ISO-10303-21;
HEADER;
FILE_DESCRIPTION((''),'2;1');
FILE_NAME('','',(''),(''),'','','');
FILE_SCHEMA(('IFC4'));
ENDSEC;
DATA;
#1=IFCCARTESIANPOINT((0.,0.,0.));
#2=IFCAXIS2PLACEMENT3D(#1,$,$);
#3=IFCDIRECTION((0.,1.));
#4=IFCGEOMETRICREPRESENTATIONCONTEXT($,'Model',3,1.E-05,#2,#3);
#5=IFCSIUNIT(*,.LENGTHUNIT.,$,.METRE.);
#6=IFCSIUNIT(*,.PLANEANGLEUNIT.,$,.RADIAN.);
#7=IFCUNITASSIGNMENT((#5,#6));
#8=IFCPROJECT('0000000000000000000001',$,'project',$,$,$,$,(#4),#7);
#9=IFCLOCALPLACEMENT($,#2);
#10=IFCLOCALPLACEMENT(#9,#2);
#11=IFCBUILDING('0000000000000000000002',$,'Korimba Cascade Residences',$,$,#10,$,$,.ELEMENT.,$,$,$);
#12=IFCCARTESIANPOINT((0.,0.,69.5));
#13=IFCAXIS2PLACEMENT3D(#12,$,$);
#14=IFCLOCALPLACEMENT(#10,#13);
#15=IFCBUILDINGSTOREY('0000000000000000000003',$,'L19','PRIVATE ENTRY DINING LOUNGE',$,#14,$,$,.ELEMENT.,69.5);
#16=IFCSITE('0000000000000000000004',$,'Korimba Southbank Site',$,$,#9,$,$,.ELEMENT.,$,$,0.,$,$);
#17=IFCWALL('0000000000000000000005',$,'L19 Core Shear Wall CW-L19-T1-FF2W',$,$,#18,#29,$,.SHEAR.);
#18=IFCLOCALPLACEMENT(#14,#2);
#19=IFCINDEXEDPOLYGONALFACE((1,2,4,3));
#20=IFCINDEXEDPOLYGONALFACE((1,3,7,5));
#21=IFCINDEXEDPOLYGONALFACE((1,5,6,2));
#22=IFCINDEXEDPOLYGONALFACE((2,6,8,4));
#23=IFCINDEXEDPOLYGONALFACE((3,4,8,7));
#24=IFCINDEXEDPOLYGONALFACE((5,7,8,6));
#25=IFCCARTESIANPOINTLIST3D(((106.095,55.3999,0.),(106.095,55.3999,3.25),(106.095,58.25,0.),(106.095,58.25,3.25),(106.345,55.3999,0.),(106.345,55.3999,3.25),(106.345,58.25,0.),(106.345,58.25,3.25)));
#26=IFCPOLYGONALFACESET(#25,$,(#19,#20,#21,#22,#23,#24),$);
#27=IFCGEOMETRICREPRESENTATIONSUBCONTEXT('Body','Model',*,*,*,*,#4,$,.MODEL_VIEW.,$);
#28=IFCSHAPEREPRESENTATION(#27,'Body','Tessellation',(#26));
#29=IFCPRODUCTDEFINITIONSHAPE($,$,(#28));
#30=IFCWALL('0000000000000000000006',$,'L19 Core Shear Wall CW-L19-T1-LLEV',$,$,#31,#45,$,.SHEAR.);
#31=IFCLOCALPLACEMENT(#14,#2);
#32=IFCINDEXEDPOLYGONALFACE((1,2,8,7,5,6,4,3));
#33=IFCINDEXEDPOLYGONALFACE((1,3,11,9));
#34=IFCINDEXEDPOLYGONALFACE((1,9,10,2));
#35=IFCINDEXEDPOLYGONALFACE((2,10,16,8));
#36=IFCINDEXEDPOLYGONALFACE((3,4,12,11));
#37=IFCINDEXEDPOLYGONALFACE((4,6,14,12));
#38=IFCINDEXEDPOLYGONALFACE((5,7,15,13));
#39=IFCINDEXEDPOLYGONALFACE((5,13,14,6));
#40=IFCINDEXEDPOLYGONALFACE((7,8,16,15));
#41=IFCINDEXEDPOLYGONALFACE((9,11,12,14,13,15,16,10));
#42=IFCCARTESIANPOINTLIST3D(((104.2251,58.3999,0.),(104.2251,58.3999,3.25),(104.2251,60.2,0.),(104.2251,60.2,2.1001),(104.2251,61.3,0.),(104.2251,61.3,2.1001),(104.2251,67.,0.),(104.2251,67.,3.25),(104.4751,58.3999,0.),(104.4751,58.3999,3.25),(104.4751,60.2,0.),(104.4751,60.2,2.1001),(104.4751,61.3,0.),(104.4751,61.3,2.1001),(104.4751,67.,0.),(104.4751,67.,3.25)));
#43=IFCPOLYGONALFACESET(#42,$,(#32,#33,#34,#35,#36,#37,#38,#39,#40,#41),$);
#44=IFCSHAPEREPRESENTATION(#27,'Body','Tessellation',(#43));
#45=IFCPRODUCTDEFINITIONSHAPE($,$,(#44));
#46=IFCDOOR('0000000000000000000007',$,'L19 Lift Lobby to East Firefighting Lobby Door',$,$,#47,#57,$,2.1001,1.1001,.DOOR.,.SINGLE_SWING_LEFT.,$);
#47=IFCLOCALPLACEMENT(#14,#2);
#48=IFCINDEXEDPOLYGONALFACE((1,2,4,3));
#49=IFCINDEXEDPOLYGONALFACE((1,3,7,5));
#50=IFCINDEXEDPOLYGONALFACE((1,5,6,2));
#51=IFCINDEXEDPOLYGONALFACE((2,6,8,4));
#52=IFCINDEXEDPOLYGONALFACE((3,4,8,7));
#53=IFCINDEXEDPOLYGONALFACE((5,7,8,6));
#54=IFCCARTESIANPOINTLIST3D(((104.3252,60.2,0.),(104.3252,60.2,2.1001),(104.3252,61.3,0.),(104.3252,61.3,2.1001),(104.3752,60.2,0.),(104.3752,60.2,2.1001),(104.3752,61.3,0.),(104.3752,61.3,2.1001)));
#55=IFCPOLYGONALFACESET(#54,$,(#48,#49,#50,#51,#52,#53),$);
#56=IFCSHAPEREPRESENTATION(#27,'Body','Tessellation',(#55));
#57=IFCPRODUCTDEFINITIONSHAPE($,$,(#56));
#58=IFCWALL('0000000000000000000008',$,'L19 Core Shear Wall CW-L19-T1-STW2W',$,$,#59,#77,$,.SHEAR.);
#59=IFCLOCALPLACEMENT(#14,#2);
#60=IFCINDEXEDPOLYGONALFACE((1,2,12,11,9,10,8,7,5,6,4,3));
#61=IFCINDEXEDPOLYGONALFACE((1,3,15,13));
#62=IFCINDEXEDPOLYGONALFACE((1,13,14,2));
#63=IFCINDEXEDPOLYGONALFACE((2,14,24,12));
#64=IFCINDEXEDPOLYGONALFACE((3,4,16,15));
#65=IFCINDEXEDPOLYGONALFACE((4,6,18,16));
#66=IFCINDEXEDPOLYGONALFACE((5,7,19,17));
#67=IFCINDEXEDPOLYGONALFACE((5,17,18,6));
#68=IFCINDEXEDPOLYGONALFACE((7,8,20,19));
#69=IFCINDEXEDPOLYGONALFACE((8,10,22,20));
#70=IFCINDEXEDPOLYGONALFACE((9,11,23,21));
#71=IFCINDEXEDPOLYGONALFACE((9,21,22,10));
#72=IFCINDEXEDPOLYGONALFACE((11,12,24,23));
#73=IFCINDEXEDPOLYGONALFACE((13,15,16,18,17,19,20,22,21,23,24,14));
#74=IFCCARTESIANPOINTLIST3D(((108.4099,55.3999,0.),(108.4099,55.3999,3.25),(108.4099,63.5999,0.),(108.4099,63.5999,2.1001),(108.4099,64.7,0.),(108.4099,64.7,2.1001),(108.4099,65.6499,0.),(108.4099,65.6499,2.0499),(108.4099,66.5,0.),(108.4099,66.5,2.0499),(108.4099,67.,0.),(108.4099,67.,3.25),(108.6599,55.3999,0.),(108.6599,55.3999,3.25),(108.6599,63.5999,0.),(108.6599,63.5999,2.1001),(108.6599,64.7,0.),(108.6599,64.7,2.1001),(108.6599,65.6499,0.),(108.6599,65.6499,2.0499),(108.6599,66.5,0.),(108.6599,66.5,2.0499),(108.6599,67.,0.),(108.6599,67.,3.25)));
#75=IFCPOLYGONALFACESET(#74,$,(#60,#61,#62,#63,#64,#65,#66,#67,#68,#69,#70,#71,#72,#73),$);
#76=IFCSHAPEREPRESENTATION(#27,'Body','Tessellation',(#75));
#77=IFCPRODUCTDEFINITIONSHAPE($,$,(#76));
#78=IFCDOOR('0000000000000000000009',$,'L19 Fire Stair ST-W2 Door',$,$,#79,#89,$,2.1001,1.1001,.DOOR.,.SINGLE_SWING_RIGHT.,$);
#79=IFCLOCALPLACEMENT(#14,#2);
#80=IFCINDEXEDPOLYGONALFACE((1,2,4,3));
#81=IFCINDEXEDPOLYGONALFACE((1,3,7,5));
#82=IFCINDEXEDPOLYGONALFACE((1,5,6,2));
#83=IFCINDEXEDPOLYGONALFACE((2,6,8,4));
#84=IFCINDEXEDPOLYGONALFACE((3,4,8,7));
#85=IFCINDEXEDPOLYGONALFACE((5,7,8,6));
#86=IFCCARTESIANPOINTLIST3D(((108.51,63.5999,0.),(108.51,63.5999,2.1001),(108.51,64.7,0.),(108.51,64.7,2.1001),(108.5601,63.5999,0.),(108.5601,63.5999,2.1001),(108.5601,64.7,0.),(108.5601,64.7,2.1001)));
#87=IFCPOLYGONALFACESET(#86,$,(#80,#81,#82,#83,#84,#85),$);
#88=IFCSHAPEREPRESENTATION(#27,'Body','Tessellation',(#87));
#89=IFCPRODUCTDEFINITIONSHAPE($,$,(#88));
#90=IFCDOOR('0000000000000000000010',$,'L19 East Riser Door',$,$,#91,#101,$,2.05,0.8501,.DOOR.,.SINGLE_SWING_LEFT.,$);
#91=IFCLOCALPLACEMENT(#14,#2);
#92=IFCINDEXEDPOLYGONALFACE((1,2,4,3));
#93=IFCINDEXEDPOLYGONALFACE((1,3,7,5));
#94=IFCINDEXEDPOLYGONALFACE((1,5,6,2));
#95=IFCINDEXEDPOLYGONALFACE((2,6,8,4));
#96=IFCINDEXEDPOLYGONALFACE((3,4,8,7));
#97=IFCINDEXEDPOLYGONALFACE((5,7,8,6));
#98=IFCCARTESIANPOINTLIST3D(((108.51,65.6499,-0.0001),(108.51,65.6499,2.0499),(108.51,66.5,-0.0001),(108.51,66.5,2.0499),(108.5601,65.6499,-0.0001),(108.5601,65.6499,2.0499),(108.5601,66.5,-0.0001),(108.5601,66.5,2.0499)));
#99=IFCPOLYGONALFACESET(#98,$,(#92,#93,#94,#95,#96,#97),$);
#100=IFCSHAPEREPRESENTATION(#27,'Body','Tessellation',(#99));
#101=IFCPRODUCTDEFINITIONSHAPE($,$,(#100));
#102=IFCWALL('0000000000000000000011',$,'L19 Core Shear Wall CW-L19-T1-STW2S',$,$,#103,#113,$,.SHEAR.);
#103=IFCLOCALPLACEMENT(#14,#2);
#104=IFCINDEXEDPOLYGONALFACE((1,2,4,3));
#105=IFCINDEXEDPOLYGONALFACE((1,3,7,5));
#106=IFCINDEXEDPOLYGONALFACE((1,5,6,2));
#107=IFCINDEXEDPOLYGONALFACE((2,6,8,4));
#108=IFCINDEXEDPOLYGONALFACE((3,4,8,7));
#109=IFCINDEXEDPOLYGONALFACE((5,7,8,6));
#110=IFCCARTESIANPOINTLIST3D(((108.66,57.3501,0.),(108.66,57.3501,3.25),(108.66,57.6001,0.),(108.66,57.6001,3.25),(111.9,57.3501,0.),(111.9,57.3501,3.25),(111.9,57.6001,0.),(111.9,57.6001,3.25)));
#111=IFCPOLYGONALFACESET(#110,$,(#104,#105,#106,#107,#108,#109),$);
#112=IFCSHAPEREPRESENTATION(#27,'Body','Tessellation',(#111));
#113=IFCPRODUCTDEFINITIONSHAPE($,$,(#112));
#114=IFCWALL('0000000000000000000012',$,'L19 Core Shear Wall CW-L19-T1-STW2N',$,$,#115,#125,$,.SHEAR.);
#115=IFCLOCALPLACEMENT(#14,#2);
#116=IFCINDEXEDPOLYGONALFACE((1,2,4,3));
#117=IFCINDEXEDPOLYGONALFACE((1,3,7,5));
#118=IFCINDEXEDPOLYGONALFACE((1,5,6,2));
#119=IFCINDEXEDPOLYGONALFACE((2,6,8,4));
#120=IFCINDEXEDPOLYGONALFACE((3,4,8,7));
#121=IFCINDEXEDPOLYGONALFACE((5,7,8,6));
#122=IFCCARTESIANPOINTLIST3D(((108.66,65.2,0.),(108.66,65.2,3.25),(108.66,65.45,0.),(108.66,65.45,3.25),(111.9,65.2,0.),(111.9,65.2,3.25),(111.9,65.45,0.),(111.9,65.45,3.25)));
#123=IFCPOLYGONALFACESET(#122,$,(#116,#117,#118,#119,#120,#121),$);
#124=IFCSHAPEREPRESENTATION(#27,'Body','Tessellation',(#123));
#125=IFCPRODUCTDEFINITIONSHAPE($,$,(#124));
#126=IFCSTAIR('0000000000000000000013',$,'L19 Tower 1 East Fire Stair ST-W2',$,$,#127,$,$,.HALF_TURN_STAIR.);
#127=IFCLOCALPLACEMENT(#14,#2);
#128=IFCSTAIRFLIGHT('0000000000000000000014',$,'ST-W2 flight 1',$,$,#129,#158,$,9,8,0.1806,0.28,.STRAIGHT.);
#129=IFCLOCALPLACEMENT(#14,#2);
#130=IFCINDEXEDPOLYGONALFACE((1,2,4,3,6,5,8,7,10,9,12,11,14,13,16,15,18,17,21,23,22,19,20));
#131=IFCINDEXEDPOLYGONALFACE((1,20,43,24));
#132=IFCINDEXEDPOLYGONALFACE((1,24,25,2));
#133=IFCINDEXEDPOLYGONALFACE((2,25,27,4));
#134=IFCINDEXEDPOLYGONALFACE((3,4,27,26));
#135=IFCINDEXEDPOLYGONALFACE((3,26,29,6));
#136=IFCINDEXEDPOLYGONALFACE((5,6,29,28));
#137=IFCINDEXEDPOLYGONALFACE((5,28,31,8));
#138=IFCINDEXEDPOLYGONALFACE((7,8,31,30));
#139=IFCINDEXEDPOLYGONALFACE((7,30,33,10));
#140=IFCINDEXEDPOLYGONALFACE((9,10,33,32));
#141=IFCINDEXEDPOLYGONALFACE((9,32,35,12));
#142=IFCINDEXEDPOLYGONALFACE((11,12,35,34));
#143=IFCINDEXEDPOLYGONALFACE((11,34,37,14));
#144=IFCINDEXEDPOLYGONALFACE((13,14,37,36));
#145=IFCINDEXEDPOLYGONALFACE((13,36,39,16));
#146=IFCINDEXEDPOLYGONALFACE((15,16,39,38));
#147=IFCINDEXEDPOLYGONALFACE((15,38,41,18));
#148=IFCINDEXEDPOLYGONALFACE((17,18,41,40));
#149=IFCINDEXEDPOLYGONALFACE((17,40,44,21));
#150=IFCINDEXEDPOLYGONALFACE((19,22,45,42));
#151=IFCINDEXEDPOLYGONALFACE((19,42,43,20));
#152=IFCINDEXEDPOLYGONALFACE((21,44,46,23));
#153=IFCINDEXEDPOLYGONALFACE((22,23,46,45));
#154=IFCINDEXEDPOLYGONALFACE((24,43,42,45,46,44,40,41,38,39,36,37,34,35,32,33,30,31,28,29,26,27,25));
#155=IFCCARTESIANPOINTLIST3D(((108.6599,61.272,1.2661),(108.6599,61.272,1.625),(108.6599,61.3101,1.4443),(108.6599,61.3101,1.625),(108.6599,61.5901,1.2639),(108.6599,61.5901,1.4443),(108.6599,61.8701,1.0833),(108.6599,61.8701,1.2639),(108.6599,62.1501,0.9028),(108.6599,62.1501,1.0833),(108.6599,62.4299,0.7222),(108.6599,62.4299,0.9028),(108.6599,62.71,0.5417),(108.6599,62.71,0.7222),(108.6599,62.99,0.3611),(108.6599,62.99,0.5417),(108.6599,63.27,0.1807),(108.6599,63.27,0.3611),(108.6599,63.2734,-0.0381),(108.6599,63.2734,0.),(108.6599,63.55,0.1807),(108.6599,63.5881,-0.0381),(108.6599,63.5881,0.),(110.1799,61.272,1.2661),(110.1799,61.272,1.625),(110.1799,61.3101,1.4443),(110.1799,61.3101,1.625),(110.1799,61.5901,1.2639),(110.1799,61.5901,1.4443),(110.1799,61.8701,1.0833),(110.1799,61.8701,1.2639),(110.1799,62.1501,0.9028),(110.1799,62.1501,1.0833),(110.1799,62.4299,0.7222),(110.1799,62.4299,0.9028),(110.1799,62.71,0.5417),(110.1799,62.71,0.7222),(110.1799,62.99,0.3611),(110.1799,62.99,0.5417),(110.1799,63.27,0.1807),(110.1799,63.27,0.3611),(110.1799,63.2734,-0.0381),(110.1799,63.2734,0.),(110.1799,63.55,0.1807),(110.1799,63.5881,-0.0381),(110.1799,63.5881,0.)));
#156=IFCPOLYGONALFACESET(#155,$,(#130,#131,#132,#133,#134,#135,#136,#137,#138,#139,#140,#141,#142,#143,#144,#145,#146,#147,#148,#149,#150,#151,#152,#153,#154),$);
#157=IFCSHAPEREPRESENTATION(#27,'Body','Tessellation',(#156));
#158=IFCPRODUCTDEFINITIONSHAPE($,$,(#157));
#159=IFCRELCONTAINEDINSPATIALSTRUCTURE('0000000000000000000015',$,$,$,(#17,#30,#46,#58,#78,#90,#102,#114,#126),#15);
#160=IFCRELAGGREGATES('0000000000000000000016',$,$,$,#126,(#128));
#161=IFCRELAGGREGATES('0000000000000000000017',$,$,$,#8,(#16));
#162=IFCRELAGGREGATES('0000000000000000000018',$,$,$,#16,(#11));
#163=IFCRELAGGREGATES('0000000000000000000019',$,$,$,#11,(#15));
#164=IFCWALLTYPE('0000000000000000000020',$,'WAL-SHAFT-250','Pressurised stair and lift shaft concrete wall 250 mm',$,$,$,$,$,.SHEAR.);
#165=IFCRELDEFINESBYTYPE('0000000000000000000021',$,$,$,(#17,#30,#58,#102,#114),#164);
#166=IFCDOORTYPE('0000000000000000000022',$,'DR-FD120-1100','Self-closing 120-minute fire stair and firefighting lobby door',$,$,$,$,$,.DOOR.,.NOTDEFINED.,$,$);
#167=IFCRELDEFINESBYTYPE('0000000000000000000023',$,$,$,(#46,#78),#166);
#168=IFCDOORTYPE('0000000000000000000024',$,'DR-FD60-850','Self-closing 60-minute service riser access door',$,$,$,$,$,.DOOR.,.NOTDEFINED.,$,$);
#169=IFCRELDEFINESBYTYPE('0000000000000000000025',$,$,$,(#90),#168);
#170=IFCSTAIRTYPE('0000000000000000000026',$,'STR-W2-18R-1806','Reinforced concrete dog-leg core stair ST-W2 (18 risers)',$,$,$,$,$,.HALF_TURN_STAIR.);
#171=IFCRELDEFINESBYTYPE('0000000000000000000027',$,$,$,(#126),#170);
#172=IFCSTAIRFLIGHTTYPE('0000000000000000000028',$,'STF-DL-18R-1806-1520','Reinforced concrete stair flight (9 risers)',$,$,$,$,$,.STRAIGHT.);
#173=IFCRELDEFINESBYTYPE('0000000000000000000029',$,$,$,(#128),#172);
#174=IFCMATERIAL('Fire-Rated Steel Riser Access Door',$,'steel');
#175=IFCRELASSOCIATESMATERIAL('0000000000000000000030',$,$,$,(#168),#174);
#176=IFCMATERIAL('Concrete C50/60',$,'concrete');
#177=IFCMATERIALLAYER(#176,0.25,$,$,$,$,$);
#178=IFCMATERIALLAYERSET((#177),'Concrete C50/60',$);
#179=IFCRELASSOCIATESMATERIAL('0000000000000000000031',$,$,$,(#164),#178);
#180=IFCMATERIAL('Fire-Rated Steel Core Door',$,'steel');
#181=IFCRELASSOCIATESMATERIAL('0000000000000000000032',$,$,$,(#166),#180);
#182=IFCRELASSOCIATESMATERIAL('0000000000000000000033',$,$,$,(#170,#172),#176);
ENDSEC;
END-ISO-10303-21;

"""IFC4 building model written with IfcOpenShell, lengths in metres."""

from ifc_helpers import new_model, si_unit, direction, frame, frame_2d, origin, place, context, subcontext, project, spatial, polyline, rectangle, outline, extrude, material, layer, layer_set, type_object, element, fill, aggregate, save


model = new_model("IFC4")

# Units and contexts
model_context = context("Model", 3, precision=1e-05, world=origin(), true_north=direction((0.0, 1.0)))
body_context = subcontext(model_context, "Body", "Model", "MODEL_VIEW")
ifc_project = project(units=[si_unit("LENGTHUNIT", "METRE"), si_unit("PLANEANGLEUNIT", "RADIAN")], contexts=[model_context])

# Site, building, storey
site_placement = place(None, origin())
site = spatial("IfcSite", under=ifc_project, at=site_placement, Name="Korimba Southbank Site", CompositionType="ELEMENT", RefElevation=0.0)
building_placement = place(site_placement, origin())
building = spatial("IfcBuilding", under=site, at=building_placement, Name="Korimba Cascade Residences", CompositionType="ELEMENT")
storey_placement = place(building_placement, frame((0.0, 0.0, 69.5)))
storey = spatial("IfcBuildingStorey", under=building, at=storey_placement, Name="L19", Description="PRIVATE ENTRY DINING LOUNGE", CompositionType="ELEMENT", Elevation=69.5)

# Shared definitions
ifc_material_1 = material(Name="Concrete C50/60", Category="concrete")

# Shared definitions
ifc_material_2 = material(Name="Fire-Rated Steel Riser Access Door", Category="steel")
door_type_1 = type_object("IfcDoorType", Name="DR-FD60-850", Description="Self-closing 60-minute service riser access door", OperationType="NOTDEFINED", PredefinedType="DOOR", material=ifc_material_2)

# Wall
ifc_layer_1 = layer(ifc_material_1, 0.25)
ifc_layer_set_1 = layer_set([ifc_layer_1], Name="Concrete C50/60")
wall_type_1 = type_object("IfcWallType", Name="WAL-SHAFT-250", Description="Pressurised stair and lift shaft concrete wall 250 mm", PredefinedType="SHEAR", material=ifc_layer_set_1)
wall_1_placement = place(storey_placement, frame((106.22, 55.3999, 0.0), z_axis=(0.0, 0.0, 1.0), x_axis=(0.0, 1.0, 0.0)))
element("IfcWall", 1, at=wall_1_placement, inside=storey, type_object=wall_type_1, Name="L19 Core Shear Wall CW-L19-T1-FF2W", PredefinedType="SHEAR", context=body_context, shape_type="SweptSolid", body=[
    extrude(rectangle(XDim=2.8501, YDim=0.25, at=frame_2d((1.425, 0.0))), origin(), (0.0, 0.0, 1.0), 3.25),
])

# Wall, opening, door
wall_2_placement = place(storey_placement, frame((104.3501, 58.3999, 0.0), z_axis=(0.0, 0.0, 1.0), x_axis=(0.0, 1.0, 0.0)))
wall_2 = element("IfcWall", 2, at=wall_2_placement, inside=storey, type_object=wall_type_1, Name="L19 Core Shear Wall CW-L19-T1-LLEV", PredefinedType="SHEAR", context=body_context, shape_type="SweptSolid", body=[
    extrude(rectangle(XDim=8.6001, YDim=0.25, at=frame_2d((4.3, 0.0))), origin(), (0.0, 0.0, 1.0), 3.25),
])
opening_1_placement = place(wall_2_placement, frame((1.8, 0.0, 0.0)))
opening_1 = element("IfcOpeningElement", 3, at=opening_1_placement, cuts=wall_2, PredefinedType="OPENING", context=body_context, shape_type="SweptSolid", body=[
    extrude(rectangle(XDim=1.1001, YDim=2.1001, at=frame_2d((0.55, 1.05))), frame((0.0, 0.135, 0.0), z_axis=(0.0, -1.0, 0.0), x_axis=(1.0, 0.0, 0.0)), (0.0, 0.0, 1.0), 0.27),
])
ifc_material_3 = material(Name="Fire-Rated Steel Core Door", Category="steel")
door_type_2 = type_object("IfcDoorType", Name="DR-FD120-1100", Description="Self-closing 120-minute fire stair and firefighting lobby door", OperationType="NOTDEFINED", PredefinedType="DOOR", material=ifc_material_3)
door_1_placement = place(opening_1_placement, origin())
door_1 = element("IfcDoor", 4, at=door_1_placement, inside=storey, type_object=door_type_2, Name="L19 Lift Lobby to East Firefighting Lobby Door", OperationType="SINGLE_SWING_LEFT", OverallHeight=2.1001, OverallWidth=1.1001, PredefinedType="DOOR", context=body_context, shape_type="SweptSolid", body=[
    extrude(rectangle(XDim=1.1001, YDim=2.1001, at=frame_2d((0.55, 1.05))), frame((0.0, 0.0249, 0.0), z_axis=(0.0, -1.0, 0.0), x_axis=(1.0, 0.0, 0.0)), (0.0, 0.0, 1.0), 0.05),
])
fill(opening_1, door_1)

# Wall, openings, doors
wall_3_placement = place(storey_placement, frame((108.5349, 55.3999, 0.0), z_axis=(0.0, 0.0, 1.0), x_axis=(0.0, 1.0, 0.0)))
wall_3 = element("IfcWall", 5, at=wall_3_placement, inside=storey, type_object=wall_type_1, Name="L19 Core Shear Wall CW-L19-T1-STW2W", PredefinedType="SHEAR", context=body_context, shape_type="SweptSolid", body=[
    extrude(rectangle(XDim=11.6001, YDim=0.25, at=frame_2d((5.8, 0.0))), origin(), (0.0, 0.0, 1.0), 3.25),
])
opening_2_placement = place(wall_3_placement, frame((8.2, 0.0, 0.0)))
opening_2 = element("IfcOpeningElement", 6, at=opening_2_placement, cuts=wall_3, PredefinedType="OPENING", context=body_context, shape_type="SweptSolid", body=[
    extrude(rectangle(XDim=1.1001, YDim=2.1001, at=frame_2d((0.55, 1.05))), frame((0.0, 0.135, 0.0), z_axis=(0.0, -1.0, 0.0), x_axis=(1.0, 0.0, 0.0)), (0.0, 0.0, 1.0), 0.27),
])
opening_3_placement = place(wall_3_placement, frame((10.25, 0.0, 0.0)))
opening_3 = element("IfcOpeningElement", 7, at=opening_3_placement, cuts=wall_3, PredefinedType="OPENING", context=body_context, shape_type="SweptSolid", body=[
    extrude(rectangle(XDim=0.8501, YDim=2.05, at=frame_2d((0.425, 1.0249))), frame((0.0, 0.135, 0.0), z_axis=(0.0, -1.0, 0.0), x_axis=(1.0, 0.0, 0.0)), (0.0, 0.0, 1.0), 0.27),
])
door_2_placement = place(opening_2_placement, origin())
door_2 = element("IfcDoor", 8, at=door_2_placement, inside=storey, type_object=door_type_2, Name="L19 Fire Stair ST-W2 Door", OperationType="SINGLE_SWING_RIGHT", OverallHeight=2.1001, OverallWidth=1.1001, PredefinedType="DOOR", context=body_context, shape_type="SweptSolid", body=[
    extrude(rectangle(XDim=1.1001, YDim=2.1001, at=frame_2d((0.55, 1.05))), frame((0.0, 0.0249, 0.0), z_axis=(0.0, -1.0, 0.0), x_axis=(1.0, 0.0, 0.0)), (0.0, 0.0, 1.0), 0.05),
])
fill(opening_2, door_2)
door_3_placement = place(opening_3_placement, origin())
door_3 = element("IfcDoor", 9, at=door_3_placement, inside=storey, type_object=door_type_1, Name="L19 East Riser Door", OperationType="SINGLE_SWING_LEFT", OverallHeight=2.05, OverallWidth=0.8501, PredefinedType="DOOR", context=body_context, shape_type="SweptSolid", body=[
    extrude(rectangle(XDim=0.8501, YDim=2.05, at=frame_2d((0.425, 1.0249))), frame((0.0, 0.0249, 0.0), z_axis=(0.0, -1.0, 0.0), x_axis=(1.0, 0.0, 0.0)), (0.0, 0.0, 1.0), 0.05),
])
fill(opening_3, door_3)

# Walls
for number, where, z_axis, x_axis, name in (
    (10, (108.6599, 57.4751, 0.0), (0.0, 0.0, 1.0), (1.0, 0.0, 0.0), "L19 Core Shear Wall CW-L19-T1-STW2S"),
    (11, (108.6599, 65.325, 0.0), (0.0, 0.0, 1.0), (1.0, 0.0, 0.0), "L19 Core Shear Wall CW-L19-T1-STW2N"),
):
    element("IfcWall", number, at=place(storey_placement, frame(where, z_axis=z_axis, x_axis=x_axis)), inside=storey, type_object=wall_type_1, Name=name, PredefinedType="SHEAR", context=body_context, shape_type="SweptSolid", body=[
        extrude(rectangle(XDim=3.24, YDim=0.25, at=frame_2d((1.6201, 0.0))), origin(), (0.0, 0.0, 1.0), 3.25),
    ])

# Stair, stair flight
stair_type = type_object("IfcStairType", Name="STR-W2-18R-1806", Description="Reinforced concrete dog-leg core stair ST-W2 (18 risers)", PredefinedType="HALF_TURN_STAIR", material=ifc_material_1)
stair_placement = place(storey_placement, origin())
stair = element("IfcStair", 12, at=stair_placement, inside=storey, type_object=stair_type, Name="L19 Tower 1 East Fire Stair ST-W2", PredefinedType="HALF_TURN_STAIR")
stair_flight_type = type_object("IfcStairFlightType", Name="STF-DL-18R-1806-1520", Description="Reinforced concrete stair flight (9 risers)", PredefinedType="STRAIGHT", material=ifc_material_1)
stair_flight_1_placement = place(storey_placement, frame((109.4199, 63.55, 0.0), z_axis=(0.0, 0.0, 1.0), x_axis=(0.0, -1.0, 0.0)))
stair_flight_1 = element("IfcStairFlight", 13, at=stair_flight_1_placement, type_object=stair_flight_type, Name="ST-W2 flight 1", NumberOfRisers=9, NumberOfTreads=8, PredefinedType="STRAIGHT", RiserHeight=0.1806, TreadLength=0.28, context=body_context, shape_type="SweptSolid", body=[
    extrude(outline(polyline([(-0.0381, 0.0), (0.0, 0.1807), (0.28, 0.1807), (0.28, 0.3611), (0.5601, 0.3611), (0.5601, 0.5417), (0.8401, 0.5417), (0.8401, 0.7222), (1.1201, 0.7222), (1.1201, 0.9028), (1.3999, 0.9028), (1.3999, 1.0833), (1.6799, 1.0833), (1.6799, 1.2639), (1.96, 1.2639), (1.96, 1.4443), (2.24, 1.4443), (2.24, 1.625), (2.2781, 1.625), (2.2781, 1.2661), (0.2766, 0.0), (0.2766, -0.0381), (-0.0381, -0.0381), (-0.0381, 0.0)])), frame((0.0, 0.76, 0.0), z_axis=(0.0, -1.0, 0.0), x_axis=(1.0, 0.0, 0.0)), (0.0, 0.0, 1.0), 1.52),
])
aggregate(stair, [stair_flight_1])

save(model, "model.ifc")
